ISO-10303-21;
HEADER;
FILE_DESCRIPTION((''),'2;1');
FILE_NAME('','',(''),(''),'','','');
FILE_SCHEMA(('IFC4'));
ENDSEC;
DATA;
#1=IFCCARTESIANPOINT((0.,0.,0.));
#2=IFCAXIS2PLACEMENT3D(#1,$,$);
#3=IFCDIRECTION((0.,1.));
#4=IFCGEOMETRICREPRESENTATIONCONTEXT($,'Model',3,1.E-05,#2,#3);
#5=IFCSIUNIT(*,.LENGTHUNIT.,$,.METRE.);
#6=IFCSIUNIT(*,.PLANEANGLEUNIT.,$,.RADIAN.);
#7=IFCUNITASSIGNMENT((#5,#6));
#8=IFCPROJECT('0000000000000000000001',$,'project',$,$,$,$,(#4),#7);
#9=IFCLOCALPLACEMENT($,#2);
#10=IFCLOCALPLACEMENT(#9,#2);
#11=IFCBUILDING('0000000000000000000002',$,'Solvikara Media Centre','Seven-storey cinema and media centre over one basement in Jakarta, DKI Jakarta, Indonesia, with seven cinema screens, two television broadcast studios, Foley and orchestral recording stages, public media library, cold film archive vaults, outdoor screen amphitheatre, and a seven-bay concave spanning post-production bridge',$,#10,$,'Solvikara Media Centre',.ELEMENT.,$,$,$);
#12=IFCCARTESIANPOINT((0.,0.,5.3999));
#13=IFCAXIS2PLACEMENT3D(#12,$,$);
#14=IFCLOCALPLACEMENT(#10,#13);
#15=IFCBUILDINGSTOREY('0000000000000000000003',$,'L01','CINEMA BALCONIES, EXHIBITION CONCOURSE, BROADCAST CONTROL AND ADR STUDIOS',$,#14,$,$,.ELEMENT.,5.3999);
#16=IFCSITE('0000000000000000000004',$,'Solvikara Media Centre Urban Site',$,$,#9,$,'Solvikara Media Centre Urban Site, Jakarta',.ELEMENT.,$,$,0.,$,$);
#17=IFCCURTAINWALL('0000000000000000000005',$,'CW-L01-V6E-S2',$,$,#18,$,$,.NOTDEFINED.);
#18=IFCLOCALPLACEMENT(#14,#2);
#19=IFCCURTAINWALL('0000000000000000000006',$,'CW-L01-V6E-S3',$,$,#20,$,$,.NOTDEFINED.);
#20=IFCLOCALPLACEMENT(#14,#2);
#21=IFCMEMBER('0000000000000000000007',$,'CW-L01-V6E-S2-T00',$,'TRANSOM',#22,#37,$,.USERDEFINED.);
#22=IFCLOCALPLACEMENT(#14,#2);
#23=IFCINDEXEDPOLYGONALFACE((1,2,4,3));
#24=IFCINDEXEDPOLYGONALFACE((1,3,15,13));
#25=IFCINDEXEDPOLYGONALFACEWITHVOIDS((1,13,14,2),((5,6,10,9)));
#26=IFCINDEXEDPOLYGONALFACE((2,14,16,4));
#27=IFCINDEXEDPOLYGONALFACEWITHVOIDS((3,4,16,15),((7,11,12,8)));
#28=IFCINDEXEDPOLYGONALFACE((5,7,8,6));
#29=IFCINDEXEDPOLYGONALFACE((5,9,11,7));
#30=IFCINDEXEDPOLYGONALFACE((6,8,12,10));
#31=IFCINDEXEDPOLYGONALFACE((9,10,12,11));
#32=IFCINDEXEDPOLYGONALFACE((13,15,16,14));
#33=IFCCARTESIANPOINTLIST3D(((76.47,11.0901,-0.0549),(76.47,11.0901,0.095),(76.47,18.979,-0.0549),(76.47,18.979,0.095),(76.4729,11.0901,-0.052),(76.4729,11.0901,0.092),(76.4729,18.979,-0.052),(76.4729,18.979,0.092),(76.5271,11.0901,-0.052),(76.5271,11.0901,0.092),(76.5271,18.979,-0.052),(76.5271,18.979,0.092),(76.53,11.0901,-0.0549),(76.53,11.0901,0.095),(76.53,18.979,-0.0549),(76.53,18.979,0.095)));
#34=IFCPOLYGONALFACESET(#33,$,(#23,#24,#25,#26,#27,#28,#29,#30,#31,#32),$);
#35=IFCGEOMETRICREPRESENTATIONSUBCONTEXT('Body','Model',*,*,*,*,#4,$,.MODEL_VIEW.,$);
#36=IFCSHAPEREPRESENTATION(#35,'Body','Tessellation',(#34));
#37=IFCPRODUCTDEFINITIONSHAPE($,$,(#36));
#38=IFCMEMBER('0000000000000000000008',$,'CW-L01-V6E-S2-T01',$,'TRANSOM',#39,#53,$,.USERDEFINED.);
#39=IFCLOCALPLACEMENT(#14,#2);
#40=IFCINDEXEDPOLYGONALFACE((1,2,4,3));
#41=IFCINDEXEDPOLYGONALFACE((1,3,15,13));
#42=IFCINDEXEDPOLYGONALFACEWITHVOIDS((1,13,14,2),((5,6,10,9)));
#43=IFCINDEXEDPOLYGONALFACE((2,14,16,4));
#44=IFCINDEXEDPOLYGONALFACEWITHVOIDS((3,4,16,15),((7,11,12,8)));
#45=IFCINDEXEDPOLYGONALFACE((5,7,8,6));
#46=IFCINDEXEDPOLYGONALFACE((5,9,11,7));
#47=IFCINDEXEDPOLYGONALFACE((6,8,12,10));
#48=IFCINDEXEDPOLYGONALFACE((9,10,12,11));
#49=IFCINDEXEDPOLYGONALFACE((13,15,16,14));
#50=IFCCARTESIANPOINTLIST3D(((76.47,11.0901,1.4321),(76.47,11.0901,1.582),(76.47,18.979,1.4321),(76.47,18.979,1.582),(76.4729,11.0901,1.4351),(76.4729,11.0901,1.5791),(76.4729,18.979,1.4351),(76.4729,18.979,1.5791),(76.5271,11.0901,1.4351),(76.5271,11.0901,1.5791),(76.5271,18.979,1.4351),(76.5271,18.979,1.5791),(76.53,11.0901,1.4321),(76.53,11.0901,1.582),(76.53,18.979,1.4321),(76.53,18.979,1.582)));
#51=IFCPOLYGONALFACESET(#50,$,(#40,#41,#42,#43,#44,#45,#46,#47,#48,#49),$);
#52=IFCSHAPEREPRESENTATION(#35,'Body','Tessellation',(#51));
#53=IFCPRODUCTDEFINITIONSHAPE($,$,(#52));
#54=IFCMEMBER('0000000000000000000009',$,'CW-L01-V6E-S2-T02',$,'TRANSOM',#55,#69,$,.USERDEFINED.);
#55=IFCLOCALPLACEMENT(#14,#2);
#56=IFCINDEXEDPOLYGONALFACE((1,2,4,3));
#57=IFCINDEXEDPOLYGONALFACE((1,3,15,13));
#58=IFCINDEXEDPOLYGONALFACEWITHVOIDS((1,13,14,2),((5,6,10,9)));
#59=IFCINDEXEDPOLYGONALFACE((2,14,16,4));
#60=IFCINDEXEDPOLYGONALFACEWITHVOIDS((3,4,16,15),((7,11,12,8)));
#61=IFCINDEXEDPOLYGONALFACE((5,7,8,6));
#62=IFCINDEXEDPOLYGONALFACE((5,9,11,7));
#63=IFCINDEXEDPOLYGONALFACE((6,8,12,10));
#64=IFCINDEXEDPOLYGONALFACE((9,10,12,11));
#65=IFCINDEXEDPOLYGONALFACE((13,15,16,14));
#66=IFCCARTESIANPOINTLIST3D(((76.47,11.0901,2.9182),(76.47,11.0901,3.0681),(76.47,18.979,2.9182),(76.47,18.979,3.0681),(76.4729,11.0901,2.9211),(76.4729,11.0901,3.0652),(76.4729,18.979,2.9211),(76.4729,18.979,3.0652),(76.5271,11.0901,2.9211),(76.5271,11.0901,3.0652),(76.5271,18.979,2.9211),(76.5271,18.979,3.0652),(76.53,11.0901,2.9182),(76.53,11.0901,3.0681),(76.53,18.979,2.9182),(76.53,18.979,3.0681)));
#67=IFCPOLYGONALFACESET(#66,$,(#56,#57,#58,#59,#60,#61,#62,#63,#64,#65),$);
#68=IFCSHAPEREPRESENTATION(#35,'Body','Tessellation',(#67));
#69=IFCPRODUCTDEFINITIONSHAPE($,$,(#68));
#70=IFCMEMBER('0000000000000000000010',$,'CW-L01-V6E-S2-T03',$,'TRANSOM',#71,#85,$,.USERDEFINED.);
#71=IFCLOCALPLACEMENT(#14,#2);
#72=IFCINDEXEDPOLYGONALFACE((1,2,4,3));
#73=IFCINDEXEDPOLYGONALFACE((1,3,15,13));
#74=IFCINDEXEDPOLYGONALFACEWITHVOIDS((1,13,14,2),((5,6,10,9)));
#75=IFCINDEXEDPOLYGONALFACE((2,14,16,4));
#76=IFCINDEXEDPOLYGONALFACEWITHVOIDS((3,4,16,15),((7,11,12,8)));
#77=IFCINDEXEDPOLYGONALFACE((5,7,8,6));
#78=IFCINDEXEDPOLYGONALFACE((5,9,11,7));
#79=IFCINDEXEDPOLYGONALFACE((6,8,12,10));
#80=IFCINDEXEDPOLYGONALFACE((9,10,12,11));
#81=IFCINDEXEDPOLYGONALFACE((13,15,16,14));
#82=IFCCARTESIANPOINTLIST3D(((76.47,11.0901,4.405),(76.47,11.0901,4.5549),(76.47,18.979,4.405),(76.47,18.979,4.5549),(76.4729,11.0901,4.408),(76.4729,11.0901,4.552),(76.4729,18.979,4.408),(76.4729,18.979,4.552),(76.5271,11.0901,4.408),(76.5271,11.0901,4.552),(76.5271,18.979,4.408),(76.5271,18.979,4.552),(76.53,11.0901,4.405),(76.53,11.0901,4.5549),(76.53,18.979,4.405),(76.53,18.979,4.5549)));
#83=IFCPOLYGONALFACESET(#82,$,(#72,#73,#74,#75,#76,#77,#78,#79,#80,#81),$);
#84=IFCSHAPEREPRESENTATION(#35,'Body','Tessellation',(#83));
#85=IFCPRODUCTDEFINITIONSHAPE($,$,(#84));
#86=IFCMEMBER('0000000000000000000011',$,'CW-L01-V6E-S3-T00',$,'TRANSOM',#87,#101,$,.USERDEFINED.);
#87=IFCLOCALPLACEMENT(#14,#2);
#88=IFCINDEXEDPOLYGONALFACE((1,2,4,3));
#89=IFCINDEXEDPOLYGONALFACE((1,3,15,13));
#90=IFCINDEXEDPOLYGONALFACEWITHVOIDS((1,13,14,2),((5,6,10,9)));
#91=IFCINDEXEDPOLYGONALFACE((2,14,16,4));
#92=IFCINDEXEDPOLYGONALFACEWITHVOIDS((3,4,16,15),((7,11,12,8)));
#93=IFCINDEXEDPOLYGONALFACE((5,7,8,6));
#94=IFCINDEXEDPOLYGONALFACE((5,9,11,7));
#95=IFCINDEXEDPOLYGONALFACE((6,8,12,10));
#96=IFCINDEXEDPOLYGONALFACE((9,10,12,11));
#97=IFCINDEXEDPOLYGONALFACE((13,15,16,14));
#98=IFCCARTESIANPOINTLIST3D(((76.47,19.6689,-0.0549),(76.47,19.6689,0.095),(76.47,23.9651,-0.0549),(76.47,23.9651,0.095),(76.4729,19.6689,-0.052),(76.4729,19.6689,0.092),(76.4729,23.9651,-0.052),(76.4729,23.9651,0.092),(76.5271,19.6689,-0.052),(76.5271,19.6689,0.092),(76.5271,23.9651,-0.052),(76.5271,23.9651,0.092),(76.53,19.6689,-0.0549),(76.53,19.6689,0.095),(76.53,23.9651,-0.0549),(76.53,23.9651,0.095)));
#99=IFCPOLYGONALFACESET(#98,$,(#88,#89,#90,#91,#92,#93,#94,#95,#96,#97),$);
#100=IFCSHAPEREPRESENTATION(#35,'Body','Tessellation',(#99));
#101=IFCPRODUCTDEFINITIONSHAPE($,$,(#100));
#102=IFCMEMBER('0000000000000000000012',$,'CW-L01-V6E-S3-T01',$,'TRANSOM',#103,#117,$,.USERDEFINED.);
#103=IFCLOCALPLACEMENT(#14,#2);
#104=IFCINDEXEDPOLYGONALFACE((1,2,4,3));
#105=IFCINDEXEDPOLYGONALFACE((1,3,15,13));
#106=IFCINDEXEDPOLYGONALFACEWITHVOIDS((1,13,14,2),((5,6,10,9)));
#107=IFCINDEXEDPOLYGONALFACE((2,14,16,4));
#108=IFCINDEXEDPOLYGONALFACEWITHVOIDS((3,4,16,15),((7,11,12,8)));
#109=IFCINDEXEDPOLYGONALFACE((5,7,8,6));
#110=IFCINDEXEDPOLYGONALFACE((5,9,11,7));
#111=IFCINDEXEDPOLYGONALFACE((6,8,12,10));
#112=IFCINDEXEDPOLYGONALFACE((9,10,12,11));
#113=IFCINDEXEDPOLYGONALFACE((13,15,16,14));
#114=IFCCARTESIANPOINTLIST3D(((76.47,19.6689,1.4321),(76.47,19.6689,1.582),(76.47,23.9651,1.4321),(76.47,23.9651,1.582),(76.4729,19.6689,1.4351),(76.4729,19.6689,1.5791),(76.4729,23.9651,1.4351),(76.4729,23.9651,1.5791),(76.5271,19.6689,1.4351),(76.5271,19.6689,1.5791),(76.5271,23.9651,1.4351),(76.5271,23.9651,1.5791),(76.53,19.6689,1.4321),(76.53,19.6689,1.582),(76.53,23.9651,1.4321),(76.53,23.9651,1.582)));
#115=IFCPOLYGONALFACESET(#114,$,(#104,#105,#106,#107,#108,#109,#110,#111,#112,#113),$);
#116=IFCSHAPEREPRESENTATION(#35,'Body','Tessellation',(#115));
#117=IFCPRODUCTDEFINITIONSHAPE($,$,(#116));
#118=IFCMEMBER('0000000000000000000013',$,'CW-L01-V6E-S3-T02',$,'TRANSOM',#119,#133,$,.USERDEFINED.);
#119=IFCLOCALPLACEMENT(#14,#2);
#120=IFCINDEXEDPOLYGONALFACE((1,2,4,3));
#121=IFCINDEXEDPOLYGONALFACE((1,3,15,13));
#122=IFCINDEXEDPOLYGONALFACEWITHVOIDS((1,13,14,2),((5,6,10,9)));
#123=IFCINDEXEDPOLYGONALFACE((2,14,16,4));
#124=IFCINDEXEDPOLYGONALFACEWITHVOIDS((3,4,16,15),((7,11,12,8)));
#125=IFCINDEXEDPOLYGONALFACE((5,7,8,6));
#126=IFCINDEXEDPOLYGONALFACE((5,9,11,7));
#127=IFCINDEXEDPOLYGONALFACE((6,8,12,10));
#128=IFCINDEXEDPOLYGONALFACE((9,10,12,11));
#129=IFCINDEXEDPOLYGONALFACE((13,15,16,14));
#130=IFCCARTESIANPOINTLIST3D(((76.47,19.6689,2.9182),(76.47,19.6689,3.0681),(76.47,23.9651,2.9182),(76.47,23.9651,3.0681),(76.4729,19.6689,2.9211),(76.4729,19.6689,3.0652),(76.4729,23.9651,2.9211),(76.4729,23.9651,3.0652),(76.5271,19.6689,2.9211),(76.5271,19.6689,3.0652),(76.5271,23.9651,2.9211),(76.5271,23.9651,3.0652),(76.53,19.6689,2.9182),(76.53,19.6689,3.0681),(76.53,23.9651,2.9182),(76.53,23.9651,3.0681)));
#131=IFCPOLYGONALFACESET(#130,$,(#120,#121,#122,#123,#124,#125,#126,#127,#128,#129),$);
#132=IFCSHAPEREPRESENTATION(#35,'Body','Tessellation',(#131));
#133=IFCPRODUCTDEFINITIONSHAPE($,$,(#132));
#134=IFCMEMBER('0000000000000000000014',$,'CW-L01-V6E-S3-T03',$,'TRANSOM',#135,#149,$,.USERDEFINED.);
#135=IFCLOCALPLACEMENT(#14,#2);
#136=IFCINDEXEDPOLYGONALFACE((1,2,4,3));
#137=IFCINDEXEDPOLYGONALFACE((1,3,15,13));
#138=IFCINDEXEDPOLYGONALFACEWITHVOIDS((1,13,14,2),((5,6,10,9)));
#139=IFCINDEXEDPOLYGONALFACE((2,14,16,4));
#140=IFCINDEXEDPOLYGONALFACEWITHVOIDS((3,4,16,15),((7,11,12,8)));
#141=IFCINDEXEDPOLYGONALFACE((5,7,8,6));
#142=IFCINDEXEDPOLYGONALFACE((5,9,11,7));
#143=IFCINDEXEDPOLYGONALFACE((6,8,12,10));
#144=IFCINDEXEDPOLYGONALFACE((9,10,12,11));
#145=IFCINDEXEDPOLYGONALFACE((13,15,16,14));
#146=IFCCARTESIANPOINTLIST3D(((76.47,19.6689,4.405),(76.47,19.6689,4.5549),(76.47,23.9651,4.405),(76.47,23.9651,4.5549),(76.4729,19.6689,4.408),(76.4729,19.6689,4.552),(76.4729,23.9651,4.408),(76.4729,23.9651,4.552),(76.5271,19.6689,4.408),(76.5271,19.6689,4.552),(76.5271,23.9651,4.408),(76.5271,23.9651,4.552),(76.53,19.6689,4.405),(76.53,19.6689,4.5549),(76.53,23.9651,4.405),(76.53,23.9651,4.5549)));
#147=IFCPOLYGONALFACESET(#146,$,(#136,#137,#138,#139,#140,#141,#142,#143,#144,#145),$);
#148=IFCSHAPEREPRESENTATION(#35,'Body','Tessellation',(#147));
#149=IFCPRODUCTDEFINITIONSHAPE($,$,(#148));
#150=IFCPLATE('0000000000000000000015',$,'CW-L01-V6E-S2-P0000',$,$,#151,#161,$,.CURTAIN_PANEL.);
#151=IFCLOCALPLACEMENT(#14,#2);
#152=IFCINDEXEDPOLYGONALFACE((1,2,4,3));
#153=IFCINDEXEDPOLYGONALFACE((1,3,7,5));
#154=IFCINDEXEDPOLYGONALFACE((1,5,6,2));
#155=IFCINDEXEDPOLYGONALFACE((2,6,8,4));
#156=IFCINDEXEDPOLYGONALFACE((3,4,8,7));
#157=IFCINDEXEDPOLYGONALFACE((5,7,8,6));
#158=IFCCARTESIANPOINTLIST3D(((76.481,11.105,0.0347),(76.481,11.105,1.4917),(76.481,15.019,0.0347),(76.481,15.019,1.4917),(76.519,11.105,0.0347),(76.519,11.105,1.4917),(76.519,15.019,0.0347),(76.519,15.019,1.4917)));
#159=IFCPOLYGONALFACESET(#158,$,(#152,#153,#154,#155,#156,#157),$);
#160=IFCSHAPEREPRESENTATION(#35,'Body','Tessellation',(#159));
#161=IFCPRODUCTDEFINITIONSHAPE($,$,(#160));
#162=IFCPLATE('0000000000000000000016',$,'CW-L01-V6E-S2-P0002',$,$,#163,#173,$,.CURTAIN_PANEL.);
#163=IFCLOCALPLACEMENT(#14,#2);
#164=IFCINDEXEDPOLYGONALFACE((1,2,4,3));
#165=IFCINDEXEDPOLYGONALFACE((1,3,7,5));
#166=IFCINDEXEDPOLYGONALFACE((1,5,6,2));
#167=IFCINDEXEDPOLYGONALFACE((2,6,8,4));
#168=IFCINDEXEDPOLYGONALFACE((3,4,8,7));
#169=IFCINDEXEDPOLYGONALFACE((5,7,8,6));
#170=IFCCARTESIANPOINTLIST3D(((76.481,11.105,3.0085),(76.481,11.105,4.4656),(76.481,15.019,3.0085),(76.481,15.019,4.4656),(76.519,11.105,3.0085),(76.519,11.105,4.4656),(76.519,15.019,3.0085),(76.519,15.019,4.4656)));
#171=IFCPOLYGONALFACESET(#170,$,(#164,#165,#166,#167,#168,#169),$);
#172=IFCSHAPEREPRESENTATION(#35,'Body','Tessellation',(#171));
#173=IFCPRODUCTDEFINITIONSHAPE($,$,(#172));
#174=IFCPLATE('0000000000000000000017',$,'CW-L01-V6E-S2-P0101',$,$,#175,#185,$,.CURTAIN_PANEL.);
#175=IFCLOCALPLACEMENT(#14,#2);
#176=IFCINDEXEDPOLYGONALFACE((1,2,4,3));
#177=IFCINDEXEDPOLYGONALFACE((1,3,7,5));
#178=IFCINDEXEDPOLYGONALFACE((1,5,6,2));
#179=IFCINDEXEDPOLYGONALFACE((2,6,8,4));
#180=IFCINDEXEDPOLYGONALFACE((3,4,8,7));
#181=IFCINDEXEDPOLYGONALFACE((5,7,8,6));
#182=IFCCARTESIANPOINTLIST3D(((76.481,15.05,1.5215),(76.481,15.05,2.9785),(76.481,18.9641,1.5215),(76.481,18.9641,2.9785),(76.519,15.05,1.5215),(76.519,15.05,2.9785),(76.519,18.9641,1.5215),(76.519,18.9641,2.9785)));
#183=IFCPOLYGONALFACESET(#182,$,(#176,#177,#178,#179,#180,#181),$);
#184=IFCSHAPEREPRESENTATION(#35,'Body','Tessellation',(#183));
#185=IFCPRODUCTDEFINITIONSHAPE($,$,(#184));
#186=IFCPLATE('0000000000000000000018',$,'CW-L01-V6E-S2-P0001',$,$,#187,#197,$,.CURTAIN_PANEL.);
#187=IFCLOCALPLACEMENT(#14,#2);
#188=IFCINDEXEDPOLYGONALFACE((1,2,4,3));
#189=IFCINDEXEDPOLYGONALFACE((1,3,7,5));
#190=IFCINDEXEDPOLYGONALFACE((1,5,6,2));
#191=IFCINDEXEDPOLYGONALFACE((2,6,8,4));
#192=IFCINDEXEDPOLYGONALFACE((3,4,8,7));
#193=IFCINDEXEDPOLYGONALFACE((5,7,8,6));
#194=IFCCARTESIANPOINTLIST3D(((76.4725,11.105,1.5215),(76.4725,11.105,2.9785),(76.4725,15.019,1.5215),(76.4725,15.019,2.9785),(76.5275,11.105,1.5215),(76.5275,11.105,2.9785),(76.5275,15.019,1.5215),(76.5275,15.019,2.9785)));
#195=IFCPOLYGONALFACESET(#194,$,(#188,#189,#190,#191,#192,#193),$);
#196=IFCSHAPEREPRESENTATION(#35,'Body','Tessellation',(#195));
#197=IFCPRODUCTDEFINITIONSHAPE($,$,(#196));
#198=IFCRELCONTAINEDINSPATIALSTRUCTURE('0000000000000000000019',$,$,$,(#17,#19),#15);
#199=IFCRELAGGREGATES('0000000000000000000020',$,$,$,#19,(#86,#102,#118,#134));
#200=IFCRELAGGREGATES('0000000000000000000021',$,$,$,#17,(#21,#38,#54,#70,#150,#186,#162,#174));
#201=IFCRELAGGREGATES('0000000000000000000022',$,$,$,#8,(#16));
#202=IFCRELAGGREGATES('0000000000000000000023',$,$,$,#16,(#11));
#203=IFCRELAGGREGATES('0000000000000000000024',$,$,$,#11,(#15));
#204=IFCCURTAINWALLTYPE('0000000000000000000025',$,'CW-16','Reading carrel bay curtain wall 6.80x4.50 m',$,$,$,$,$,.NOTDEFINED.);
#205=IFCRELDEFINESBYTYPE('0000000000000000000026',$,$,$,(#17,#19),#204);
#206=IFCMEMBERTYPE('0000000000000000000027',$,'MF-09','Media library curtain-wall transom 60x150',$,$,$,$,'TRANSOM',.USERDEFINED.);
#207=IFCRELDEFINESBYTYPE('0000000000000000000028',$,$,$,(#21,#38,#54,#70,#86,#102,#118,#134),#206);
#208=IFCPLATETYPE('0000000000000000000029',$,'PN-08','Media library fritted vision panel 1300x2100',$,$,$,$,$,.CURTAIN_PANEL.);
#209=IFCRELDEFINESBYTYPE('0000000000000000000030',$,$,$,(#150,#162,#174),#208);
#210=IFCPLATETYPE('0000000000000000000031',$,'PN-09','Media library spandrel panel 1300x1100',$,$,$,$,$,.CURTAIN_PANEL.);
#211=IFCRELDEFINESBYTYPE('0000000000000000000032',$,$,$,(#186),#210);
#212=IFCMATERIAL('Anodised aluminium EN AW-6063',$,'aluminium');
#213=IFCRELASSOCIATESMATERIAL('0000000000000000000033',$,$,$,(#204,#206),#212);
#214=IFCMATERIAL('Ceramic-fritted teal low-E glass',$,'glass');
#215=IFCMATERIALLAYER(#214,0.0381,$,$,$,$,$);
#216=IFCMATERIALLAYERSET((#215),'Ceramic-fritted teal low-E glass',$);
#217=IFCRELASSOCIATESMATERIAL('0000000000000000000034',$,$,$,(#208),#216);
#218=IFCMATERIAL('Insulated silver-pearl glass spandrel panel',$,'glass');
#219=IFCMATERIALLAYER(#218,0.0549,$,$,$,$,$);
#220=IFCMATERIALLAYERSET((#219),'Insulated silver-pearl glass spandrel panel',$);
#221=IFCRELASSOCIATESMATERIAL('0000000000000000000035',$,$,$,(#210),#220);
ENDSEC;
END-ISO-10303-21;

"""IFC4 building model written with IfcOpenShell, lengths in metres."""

from ifc_helpers import new_model, si_unit, direction, frame, origin, origin_2d, place, context, subcontext, project, spatial, rectangle, hollow_rectangle, extrude, material, layer, layer_set, material_profile, profile_set, type_object, element, aggregate, save


model = new_model("IFC4")

# Units and contexts
model_context = context("Model", 3, precision=1e-05, world=origin(), true_north=direction((0.0, 1.0)))
body_context = subcontext(model_context, "Body", "Model", "MODEL_VIEW")
ifc_project = project(units=[si_unit("LENGTHUNIT", "METRE"), si_unit("PLANEANGLEUNIT", "RADIAN")], contexts=[model_context])

# Site, building, storey
site_placement = place(None, origin())
site = spatial("IfcSite", under=ifc_project, at=site_placement, Name="Solvikara Media Centre Urban Site", LongName="Solvikara Media Centre Urban Site, Jakarta", CompositionType="ELEMENT", RefElevation=0.0)
building_placement = place(site_placement, origin())
building = spatial("IfcBuilding", under=site, at=building_placement, Name="Solvikara Media Centre", Description="Seven-storey cinema and media centre over one basement in Jakarta, DKI Jakarta, Indonesia, with seven cinema screens, two television broadcast studios, Foley and orchestral recording stages, public media library, cold film archive vaults, outdoor screen amphitheatre, and a seven-bay concave spanning post-production bridge", LongName="Solvikara Media Centre", CompositionType="ELEMENT")
storey_placement = place(building_placement, frame((0.0, 0.0, 5.3999)))
storey = spatial("IfcBuildingStorey", under=building, at=storey_placement, Name="L01", Description="CINEMA BALCONIES, EXHIBITION CONCOURSE, BROADCAST CONTROL AND ADR STUDIOS", CompositionType="ELEMENT", Elevation=5.3999)

# Curtain wall
ifc_material_1 = material(Name="Anodised aluminium EN AW-6063", Category="aluminium")
curtain_wall_type = type_object("IfcCurtainWallType", Name="CW-16", Description="Reading carrel bay curtain wall 6.80x4.50 m", PredefinedType="NOTDEFINED", material=ifc_material_1)
curtain_wall_1_placement = place(storey_placement, origin())
curtain_wall_1 = element("IfcCurtainWall", 1, at=curtain_wall_1_placement, inside=storey, type_object=curtain_wall_type, Name="CW-L01-V6E-S2", PredefinedType="NOTDEFINED")

# Curtain wall
curtain_wall_2_placement = place(storey_placement, origin())
curtain_wall_2 = element("IfcCurtainWall", 2, at=curtain_wall_2_placement, inside=storey, type_object=curtain_wall_type, Name="CW-L01-V6E-S3", PredefinedType="NOTDEFINED")

# Members
ifc_material_profile_1 = material_profile(ifc_material_1, hollow_rectangle(XDim=0.0601, YDim=0.1499, WallThickness=0.0029, at=origin_2d()), Name="ALU-T 60x150x3")
ifc_profile_set_1 = profile_set([ifc_material_profile_1], Name="Anodised aluminium EN AW-6063")
member_type_1 = type_object("IfcMemberType", Name="MF-09", Description="Media library curtain-wall transom 60x150", ElementType="TRANSOM", PredefinedType="USERDEFINED", material=ifc_profile_set_1)
member_1_placement = place(storey_placement, frame((76.5, 11.0901, 0.02), z_axis=(0.0, 1.0, 0.0), x_axis=(-1.0, 0.0, 0.0)))
member_1 = element("IfcMember", 3, at=member_1_placement, type_object=member_type_1, Name="CW-L01-V6E-S2-T00", ObjectType="TRANSOM", PredefinedType="USERDEFINED", context=body_context, shape_type="SweptSolid", body=[
    extrude(hollow_rectangle(XDim=0.0601, YDim=0.1499, WallThickness=0.0029, at=origin_2d()), origin(), (0.0, 0.0, 1.0), 7.8889),
])
member_2_placement = place(storey_placement, frame((76.5, 11.0901, 1.5071), z_axis=(0.0, 1.0, 0.0), x_axis=(-1.0, 0.0, 0.0)))
member_2 = element("IfcMember", 4, at=member_2_placement, type_object=member_type_1, Name="CW-L01-V6E-S2-T01", ObjectType="TRANSOM", PredefinedType="USERDEFINED", context=body_context, shape_type="SweptSolid", body=[
    extrude(hollow_rectangle(XDim=0.0601, YDim=0.1499, WallThickness=0.0029, at=origin_2d()), origin(), (0.0, 0.0, 1.0), 7.8889),
])
member_3_placement = place(storey_placement, frame((76.5, 11.0901, 2.9932), z_axis=(0.0, 1.0, 0.0), x_axis=(-1.0, 0.0, 0.0)))
member_3 = element("IfcMember", 5, at=member_3_placement, type_object=member_type_1, Name="CW-L01-V6E-S2-T02", ObjectType="TRANSOM", PredefinedType="USERDEFINED", context=body_context, shape_type="SweptSolid", body=[
    extrude(hollow_rectangle(XDim=0.0601, YDim=0.1499, WallThickness=0.0029, at=origin_2d()), origin(), (0.0, 0.0, 1.0), 7.8889),
])
member_4_placement = place(storey_placement, frame((76.5, 11.0901, 4.48), z_axis=(0.0, 1.0, 0.0), x_axis=(-1.0, 0.0, 0.0)))
member_4 = element("IfcMember", 6, at=member_4_placement, type_object=member_type_1, Name="CW-L01-V6E-S2-T03", ObjectType="TRANSOM", PredefinedType="USERDEFINED", context=body_context, shape_type="SweptSolid", body=[
    extrude(hollow_rectangle(XDim=0.0601, YDim=0.1499, WallThickness=0.0029, at=origin_2d()), origin(), (0.0, 0.0, 1.0), 7.8889),
])
member_5_placement = place(storey_placement, frame((76.5, 19.6689, 0.02), z_axis=(0.0, 1.0, 0.0), x_axis=(-1.0, 0.0, 0.0)))
member_5 = element("IfcMember", 7, at=member_5_placement, type_object=member_type_1, Name="CW-L01-V6E-S3-T00", ObjectType="TRANSOM", PredefinedType="USERDEFINED", context=body_context, shape_type="SweptSolid", body=[
    extrude(hollow_rectangle(XDim=0.0601, YDim=0.1499, WallThickness=0.0029, at=origin_2d()), origin(), (0.0, 0.0, 1.0), 4.2961),
])
member_6_placement = place(storey_placement, frame((76.5, 19.6689, 1.5071), z_axis=(0.0, 1.0, 0.0), x_axis=(-1.0, 0.0, 0.0)))
member_6 = element("IfcMember", 8, at=member_6_placement, type_object=member_type_1, Name="CW-L01-V6E-S3-T01", ObjectType="TRANSOM", PredefinedType="USERDEFINED", context=body_context, shape_type="SweptSolid", body=[
    extrude(hollow_rectangle(XDim=0.0601, YDim=0.1499, WallThickness=0.0029, at=origin_2d()), origin(), (0.0, 0.0, 1.0), 4.2961),
])
member_7_placement = place(storey_placement, frame((76.5, 19.6689, 2.9932), z_axis=(0.0, 1.0, 0.0), x_axis=(-1.0, 0.0, 0.0)))
member_7 = element("IfcMember", 9, at=member_7_placement, type_object=member_type_1, Name="CW-L01-V6E-S3-T02", ObjectType="TRANSOM", PredefinedType="USERDEFINED", context=body_context, shape_type="SweptSolid", body=[
    extrude(hollow_rectangle(XDim=0.0601, YDim=0.1499, WallThickness=0.0029, at=origin_2d()), origin(), (0.0, 0.0, 1.0), 4.2961),
])
member_8_placement = place(storey_placement, frame((76.5, 19.6689, 4.48), z_axis=(0.0, 1.0, 0.0), x_axis=(-1.0, 0.0, 0.0)))
member_8 = element("IfcMember", 10, at=member_8_placement, type_object=member_type_1, Name="CW-L01-V6E-S3-T03", ObjectType="TRANSOM", PredefinedType="USERDEFINED", context=body_context, shape_type="SweptSolid", body=[
    extrude(hollow_rectangle(XDim=0.0601, YDim=0.1499, WallThickness=0.0029, at=origin_2d()), origin(), (0.0, 0.0, 1.0), 4.2961),
])
aggregate(curtain_wall_2, [member_5, member_6, member_7, member_8])

# Plates
ifc_material_2 = material(Name="Ceramic-fritted teal low-E glass", Category="glass")
ifc_layer_1 = layer(ifc_material_2, 0.0381)
ifc_layer_set_1 = layer_set([ifc_layer_1], Name="Ceramic-fritted teal low-E glass")
plate_type_1 = type_object("IfcPlateType", Name="PN-08", Description="Media library fritted vision panel 1300x2100", PredefinedType="CURTAIN_PANEL", material=ifc_layer_set_1)
plate_1_placement = place(storey_placement, frame((76.5, 13.062, 0.0347), z_axis=(0.0, 0.0, 1.0), x_axis=(0.0, 1.0, 0.0)))
plate_1 = element("IfcPlate", 11, at=plate_1_placement, type_object=plate_type_1, Name="CW-L01-V6E-S2-P0000", PredefinedType="CURTAIN_PANEL", context=body_context, shape_type="SweptSolid", body=[
    extrude(rectangle(XDim=3.9141, YDim=0.0381, at=origin_2d()), origin(), (0.0, 0.0, 1.0), 1.457),
])
plate_2_placement = place(storey_placement, frame((76.5, 13.062, 3.0085), z_axis=(0.0, 0.0, 1.0), x_axis=(0.0, 1.0, 0.0)))
plate_2 = element("IfcPlate", 12, at=plate_2_placement, type_object=plate_type_1, Name="CW-L01-V6E-S2-P0002", PredefinedType="CURTAIN_PANEL", context=body_context, shape_type="SweptSolid", body=[
    extrude(rectangle(XDim=3.9141, YDim=0.0381, at=origin_2d()), origin(), (0.0, 0.0, 1.0), 1.457),
])
plate_3_placement = place(storey_placement, frame((76.5, 17.0071, 1.5215), z_axis=(0.0, 0.0, 1.0), x_axis=(0.0, 1.0, 0.0)))
plate_3 = element("IfcPlate", 13, at=plate_3_placement, type_object=plate_type_1, Name="CW-L01-V6E-S2-P0101", PredefinedType="CURTAIN_PANEL", context=body_context, shape_type="SweptSolid", body=[
    extrude(rectangle(XDim=3.9141, YDim=0.0381, at=origin_2d()), origin(), (0.0, 0.0, 1.0), 1.457),
])
ifc_material_3 = material(Name="Insulated silver-pearl glass spandrel panel", Category="glass")
ifc_layer_2 = layer(ifc_material_3, 0.0549)
ifc_layer_set_2 = layer_set([ifc_layer_2], Name="Insulated silver-pearl glass spandrel panel")
plate_type_2 = type_object("IfcPlateType", Name="PN-09", Description="Media library spandrel panel 1300x1100", PredefinedType="CURTAIN_PANEL", material=ifc_layer_set_2)
plate_4_placement = place(storey_placement, frame((76.5, 13.062, 1.5215), z_axis=(0.0, 0.0, 1.0), x_axis=(0.0, 1.0, 0.0)))
plate_4 = element("IfcPlate", 14, at=plate_4_placement, type_object=plate_type_2, Name="CW-L01-V6E-S2-P0001", PredefinedType="CURTAIN_PANEL", context=body_context, shape_type="SweptSolid", body=[
    extrude(rectangle(XDim=3.9141, YDim=0.0549, at=origin_2d()), origin(), (0.0, 0.0, 1.0), 1.457),
])
aggregate(curtain_wall_1, [member_1, member_2, member_3, member_4, plate_1, plate_4, plate_2, plate_3])

save(model, "model.ifc")
